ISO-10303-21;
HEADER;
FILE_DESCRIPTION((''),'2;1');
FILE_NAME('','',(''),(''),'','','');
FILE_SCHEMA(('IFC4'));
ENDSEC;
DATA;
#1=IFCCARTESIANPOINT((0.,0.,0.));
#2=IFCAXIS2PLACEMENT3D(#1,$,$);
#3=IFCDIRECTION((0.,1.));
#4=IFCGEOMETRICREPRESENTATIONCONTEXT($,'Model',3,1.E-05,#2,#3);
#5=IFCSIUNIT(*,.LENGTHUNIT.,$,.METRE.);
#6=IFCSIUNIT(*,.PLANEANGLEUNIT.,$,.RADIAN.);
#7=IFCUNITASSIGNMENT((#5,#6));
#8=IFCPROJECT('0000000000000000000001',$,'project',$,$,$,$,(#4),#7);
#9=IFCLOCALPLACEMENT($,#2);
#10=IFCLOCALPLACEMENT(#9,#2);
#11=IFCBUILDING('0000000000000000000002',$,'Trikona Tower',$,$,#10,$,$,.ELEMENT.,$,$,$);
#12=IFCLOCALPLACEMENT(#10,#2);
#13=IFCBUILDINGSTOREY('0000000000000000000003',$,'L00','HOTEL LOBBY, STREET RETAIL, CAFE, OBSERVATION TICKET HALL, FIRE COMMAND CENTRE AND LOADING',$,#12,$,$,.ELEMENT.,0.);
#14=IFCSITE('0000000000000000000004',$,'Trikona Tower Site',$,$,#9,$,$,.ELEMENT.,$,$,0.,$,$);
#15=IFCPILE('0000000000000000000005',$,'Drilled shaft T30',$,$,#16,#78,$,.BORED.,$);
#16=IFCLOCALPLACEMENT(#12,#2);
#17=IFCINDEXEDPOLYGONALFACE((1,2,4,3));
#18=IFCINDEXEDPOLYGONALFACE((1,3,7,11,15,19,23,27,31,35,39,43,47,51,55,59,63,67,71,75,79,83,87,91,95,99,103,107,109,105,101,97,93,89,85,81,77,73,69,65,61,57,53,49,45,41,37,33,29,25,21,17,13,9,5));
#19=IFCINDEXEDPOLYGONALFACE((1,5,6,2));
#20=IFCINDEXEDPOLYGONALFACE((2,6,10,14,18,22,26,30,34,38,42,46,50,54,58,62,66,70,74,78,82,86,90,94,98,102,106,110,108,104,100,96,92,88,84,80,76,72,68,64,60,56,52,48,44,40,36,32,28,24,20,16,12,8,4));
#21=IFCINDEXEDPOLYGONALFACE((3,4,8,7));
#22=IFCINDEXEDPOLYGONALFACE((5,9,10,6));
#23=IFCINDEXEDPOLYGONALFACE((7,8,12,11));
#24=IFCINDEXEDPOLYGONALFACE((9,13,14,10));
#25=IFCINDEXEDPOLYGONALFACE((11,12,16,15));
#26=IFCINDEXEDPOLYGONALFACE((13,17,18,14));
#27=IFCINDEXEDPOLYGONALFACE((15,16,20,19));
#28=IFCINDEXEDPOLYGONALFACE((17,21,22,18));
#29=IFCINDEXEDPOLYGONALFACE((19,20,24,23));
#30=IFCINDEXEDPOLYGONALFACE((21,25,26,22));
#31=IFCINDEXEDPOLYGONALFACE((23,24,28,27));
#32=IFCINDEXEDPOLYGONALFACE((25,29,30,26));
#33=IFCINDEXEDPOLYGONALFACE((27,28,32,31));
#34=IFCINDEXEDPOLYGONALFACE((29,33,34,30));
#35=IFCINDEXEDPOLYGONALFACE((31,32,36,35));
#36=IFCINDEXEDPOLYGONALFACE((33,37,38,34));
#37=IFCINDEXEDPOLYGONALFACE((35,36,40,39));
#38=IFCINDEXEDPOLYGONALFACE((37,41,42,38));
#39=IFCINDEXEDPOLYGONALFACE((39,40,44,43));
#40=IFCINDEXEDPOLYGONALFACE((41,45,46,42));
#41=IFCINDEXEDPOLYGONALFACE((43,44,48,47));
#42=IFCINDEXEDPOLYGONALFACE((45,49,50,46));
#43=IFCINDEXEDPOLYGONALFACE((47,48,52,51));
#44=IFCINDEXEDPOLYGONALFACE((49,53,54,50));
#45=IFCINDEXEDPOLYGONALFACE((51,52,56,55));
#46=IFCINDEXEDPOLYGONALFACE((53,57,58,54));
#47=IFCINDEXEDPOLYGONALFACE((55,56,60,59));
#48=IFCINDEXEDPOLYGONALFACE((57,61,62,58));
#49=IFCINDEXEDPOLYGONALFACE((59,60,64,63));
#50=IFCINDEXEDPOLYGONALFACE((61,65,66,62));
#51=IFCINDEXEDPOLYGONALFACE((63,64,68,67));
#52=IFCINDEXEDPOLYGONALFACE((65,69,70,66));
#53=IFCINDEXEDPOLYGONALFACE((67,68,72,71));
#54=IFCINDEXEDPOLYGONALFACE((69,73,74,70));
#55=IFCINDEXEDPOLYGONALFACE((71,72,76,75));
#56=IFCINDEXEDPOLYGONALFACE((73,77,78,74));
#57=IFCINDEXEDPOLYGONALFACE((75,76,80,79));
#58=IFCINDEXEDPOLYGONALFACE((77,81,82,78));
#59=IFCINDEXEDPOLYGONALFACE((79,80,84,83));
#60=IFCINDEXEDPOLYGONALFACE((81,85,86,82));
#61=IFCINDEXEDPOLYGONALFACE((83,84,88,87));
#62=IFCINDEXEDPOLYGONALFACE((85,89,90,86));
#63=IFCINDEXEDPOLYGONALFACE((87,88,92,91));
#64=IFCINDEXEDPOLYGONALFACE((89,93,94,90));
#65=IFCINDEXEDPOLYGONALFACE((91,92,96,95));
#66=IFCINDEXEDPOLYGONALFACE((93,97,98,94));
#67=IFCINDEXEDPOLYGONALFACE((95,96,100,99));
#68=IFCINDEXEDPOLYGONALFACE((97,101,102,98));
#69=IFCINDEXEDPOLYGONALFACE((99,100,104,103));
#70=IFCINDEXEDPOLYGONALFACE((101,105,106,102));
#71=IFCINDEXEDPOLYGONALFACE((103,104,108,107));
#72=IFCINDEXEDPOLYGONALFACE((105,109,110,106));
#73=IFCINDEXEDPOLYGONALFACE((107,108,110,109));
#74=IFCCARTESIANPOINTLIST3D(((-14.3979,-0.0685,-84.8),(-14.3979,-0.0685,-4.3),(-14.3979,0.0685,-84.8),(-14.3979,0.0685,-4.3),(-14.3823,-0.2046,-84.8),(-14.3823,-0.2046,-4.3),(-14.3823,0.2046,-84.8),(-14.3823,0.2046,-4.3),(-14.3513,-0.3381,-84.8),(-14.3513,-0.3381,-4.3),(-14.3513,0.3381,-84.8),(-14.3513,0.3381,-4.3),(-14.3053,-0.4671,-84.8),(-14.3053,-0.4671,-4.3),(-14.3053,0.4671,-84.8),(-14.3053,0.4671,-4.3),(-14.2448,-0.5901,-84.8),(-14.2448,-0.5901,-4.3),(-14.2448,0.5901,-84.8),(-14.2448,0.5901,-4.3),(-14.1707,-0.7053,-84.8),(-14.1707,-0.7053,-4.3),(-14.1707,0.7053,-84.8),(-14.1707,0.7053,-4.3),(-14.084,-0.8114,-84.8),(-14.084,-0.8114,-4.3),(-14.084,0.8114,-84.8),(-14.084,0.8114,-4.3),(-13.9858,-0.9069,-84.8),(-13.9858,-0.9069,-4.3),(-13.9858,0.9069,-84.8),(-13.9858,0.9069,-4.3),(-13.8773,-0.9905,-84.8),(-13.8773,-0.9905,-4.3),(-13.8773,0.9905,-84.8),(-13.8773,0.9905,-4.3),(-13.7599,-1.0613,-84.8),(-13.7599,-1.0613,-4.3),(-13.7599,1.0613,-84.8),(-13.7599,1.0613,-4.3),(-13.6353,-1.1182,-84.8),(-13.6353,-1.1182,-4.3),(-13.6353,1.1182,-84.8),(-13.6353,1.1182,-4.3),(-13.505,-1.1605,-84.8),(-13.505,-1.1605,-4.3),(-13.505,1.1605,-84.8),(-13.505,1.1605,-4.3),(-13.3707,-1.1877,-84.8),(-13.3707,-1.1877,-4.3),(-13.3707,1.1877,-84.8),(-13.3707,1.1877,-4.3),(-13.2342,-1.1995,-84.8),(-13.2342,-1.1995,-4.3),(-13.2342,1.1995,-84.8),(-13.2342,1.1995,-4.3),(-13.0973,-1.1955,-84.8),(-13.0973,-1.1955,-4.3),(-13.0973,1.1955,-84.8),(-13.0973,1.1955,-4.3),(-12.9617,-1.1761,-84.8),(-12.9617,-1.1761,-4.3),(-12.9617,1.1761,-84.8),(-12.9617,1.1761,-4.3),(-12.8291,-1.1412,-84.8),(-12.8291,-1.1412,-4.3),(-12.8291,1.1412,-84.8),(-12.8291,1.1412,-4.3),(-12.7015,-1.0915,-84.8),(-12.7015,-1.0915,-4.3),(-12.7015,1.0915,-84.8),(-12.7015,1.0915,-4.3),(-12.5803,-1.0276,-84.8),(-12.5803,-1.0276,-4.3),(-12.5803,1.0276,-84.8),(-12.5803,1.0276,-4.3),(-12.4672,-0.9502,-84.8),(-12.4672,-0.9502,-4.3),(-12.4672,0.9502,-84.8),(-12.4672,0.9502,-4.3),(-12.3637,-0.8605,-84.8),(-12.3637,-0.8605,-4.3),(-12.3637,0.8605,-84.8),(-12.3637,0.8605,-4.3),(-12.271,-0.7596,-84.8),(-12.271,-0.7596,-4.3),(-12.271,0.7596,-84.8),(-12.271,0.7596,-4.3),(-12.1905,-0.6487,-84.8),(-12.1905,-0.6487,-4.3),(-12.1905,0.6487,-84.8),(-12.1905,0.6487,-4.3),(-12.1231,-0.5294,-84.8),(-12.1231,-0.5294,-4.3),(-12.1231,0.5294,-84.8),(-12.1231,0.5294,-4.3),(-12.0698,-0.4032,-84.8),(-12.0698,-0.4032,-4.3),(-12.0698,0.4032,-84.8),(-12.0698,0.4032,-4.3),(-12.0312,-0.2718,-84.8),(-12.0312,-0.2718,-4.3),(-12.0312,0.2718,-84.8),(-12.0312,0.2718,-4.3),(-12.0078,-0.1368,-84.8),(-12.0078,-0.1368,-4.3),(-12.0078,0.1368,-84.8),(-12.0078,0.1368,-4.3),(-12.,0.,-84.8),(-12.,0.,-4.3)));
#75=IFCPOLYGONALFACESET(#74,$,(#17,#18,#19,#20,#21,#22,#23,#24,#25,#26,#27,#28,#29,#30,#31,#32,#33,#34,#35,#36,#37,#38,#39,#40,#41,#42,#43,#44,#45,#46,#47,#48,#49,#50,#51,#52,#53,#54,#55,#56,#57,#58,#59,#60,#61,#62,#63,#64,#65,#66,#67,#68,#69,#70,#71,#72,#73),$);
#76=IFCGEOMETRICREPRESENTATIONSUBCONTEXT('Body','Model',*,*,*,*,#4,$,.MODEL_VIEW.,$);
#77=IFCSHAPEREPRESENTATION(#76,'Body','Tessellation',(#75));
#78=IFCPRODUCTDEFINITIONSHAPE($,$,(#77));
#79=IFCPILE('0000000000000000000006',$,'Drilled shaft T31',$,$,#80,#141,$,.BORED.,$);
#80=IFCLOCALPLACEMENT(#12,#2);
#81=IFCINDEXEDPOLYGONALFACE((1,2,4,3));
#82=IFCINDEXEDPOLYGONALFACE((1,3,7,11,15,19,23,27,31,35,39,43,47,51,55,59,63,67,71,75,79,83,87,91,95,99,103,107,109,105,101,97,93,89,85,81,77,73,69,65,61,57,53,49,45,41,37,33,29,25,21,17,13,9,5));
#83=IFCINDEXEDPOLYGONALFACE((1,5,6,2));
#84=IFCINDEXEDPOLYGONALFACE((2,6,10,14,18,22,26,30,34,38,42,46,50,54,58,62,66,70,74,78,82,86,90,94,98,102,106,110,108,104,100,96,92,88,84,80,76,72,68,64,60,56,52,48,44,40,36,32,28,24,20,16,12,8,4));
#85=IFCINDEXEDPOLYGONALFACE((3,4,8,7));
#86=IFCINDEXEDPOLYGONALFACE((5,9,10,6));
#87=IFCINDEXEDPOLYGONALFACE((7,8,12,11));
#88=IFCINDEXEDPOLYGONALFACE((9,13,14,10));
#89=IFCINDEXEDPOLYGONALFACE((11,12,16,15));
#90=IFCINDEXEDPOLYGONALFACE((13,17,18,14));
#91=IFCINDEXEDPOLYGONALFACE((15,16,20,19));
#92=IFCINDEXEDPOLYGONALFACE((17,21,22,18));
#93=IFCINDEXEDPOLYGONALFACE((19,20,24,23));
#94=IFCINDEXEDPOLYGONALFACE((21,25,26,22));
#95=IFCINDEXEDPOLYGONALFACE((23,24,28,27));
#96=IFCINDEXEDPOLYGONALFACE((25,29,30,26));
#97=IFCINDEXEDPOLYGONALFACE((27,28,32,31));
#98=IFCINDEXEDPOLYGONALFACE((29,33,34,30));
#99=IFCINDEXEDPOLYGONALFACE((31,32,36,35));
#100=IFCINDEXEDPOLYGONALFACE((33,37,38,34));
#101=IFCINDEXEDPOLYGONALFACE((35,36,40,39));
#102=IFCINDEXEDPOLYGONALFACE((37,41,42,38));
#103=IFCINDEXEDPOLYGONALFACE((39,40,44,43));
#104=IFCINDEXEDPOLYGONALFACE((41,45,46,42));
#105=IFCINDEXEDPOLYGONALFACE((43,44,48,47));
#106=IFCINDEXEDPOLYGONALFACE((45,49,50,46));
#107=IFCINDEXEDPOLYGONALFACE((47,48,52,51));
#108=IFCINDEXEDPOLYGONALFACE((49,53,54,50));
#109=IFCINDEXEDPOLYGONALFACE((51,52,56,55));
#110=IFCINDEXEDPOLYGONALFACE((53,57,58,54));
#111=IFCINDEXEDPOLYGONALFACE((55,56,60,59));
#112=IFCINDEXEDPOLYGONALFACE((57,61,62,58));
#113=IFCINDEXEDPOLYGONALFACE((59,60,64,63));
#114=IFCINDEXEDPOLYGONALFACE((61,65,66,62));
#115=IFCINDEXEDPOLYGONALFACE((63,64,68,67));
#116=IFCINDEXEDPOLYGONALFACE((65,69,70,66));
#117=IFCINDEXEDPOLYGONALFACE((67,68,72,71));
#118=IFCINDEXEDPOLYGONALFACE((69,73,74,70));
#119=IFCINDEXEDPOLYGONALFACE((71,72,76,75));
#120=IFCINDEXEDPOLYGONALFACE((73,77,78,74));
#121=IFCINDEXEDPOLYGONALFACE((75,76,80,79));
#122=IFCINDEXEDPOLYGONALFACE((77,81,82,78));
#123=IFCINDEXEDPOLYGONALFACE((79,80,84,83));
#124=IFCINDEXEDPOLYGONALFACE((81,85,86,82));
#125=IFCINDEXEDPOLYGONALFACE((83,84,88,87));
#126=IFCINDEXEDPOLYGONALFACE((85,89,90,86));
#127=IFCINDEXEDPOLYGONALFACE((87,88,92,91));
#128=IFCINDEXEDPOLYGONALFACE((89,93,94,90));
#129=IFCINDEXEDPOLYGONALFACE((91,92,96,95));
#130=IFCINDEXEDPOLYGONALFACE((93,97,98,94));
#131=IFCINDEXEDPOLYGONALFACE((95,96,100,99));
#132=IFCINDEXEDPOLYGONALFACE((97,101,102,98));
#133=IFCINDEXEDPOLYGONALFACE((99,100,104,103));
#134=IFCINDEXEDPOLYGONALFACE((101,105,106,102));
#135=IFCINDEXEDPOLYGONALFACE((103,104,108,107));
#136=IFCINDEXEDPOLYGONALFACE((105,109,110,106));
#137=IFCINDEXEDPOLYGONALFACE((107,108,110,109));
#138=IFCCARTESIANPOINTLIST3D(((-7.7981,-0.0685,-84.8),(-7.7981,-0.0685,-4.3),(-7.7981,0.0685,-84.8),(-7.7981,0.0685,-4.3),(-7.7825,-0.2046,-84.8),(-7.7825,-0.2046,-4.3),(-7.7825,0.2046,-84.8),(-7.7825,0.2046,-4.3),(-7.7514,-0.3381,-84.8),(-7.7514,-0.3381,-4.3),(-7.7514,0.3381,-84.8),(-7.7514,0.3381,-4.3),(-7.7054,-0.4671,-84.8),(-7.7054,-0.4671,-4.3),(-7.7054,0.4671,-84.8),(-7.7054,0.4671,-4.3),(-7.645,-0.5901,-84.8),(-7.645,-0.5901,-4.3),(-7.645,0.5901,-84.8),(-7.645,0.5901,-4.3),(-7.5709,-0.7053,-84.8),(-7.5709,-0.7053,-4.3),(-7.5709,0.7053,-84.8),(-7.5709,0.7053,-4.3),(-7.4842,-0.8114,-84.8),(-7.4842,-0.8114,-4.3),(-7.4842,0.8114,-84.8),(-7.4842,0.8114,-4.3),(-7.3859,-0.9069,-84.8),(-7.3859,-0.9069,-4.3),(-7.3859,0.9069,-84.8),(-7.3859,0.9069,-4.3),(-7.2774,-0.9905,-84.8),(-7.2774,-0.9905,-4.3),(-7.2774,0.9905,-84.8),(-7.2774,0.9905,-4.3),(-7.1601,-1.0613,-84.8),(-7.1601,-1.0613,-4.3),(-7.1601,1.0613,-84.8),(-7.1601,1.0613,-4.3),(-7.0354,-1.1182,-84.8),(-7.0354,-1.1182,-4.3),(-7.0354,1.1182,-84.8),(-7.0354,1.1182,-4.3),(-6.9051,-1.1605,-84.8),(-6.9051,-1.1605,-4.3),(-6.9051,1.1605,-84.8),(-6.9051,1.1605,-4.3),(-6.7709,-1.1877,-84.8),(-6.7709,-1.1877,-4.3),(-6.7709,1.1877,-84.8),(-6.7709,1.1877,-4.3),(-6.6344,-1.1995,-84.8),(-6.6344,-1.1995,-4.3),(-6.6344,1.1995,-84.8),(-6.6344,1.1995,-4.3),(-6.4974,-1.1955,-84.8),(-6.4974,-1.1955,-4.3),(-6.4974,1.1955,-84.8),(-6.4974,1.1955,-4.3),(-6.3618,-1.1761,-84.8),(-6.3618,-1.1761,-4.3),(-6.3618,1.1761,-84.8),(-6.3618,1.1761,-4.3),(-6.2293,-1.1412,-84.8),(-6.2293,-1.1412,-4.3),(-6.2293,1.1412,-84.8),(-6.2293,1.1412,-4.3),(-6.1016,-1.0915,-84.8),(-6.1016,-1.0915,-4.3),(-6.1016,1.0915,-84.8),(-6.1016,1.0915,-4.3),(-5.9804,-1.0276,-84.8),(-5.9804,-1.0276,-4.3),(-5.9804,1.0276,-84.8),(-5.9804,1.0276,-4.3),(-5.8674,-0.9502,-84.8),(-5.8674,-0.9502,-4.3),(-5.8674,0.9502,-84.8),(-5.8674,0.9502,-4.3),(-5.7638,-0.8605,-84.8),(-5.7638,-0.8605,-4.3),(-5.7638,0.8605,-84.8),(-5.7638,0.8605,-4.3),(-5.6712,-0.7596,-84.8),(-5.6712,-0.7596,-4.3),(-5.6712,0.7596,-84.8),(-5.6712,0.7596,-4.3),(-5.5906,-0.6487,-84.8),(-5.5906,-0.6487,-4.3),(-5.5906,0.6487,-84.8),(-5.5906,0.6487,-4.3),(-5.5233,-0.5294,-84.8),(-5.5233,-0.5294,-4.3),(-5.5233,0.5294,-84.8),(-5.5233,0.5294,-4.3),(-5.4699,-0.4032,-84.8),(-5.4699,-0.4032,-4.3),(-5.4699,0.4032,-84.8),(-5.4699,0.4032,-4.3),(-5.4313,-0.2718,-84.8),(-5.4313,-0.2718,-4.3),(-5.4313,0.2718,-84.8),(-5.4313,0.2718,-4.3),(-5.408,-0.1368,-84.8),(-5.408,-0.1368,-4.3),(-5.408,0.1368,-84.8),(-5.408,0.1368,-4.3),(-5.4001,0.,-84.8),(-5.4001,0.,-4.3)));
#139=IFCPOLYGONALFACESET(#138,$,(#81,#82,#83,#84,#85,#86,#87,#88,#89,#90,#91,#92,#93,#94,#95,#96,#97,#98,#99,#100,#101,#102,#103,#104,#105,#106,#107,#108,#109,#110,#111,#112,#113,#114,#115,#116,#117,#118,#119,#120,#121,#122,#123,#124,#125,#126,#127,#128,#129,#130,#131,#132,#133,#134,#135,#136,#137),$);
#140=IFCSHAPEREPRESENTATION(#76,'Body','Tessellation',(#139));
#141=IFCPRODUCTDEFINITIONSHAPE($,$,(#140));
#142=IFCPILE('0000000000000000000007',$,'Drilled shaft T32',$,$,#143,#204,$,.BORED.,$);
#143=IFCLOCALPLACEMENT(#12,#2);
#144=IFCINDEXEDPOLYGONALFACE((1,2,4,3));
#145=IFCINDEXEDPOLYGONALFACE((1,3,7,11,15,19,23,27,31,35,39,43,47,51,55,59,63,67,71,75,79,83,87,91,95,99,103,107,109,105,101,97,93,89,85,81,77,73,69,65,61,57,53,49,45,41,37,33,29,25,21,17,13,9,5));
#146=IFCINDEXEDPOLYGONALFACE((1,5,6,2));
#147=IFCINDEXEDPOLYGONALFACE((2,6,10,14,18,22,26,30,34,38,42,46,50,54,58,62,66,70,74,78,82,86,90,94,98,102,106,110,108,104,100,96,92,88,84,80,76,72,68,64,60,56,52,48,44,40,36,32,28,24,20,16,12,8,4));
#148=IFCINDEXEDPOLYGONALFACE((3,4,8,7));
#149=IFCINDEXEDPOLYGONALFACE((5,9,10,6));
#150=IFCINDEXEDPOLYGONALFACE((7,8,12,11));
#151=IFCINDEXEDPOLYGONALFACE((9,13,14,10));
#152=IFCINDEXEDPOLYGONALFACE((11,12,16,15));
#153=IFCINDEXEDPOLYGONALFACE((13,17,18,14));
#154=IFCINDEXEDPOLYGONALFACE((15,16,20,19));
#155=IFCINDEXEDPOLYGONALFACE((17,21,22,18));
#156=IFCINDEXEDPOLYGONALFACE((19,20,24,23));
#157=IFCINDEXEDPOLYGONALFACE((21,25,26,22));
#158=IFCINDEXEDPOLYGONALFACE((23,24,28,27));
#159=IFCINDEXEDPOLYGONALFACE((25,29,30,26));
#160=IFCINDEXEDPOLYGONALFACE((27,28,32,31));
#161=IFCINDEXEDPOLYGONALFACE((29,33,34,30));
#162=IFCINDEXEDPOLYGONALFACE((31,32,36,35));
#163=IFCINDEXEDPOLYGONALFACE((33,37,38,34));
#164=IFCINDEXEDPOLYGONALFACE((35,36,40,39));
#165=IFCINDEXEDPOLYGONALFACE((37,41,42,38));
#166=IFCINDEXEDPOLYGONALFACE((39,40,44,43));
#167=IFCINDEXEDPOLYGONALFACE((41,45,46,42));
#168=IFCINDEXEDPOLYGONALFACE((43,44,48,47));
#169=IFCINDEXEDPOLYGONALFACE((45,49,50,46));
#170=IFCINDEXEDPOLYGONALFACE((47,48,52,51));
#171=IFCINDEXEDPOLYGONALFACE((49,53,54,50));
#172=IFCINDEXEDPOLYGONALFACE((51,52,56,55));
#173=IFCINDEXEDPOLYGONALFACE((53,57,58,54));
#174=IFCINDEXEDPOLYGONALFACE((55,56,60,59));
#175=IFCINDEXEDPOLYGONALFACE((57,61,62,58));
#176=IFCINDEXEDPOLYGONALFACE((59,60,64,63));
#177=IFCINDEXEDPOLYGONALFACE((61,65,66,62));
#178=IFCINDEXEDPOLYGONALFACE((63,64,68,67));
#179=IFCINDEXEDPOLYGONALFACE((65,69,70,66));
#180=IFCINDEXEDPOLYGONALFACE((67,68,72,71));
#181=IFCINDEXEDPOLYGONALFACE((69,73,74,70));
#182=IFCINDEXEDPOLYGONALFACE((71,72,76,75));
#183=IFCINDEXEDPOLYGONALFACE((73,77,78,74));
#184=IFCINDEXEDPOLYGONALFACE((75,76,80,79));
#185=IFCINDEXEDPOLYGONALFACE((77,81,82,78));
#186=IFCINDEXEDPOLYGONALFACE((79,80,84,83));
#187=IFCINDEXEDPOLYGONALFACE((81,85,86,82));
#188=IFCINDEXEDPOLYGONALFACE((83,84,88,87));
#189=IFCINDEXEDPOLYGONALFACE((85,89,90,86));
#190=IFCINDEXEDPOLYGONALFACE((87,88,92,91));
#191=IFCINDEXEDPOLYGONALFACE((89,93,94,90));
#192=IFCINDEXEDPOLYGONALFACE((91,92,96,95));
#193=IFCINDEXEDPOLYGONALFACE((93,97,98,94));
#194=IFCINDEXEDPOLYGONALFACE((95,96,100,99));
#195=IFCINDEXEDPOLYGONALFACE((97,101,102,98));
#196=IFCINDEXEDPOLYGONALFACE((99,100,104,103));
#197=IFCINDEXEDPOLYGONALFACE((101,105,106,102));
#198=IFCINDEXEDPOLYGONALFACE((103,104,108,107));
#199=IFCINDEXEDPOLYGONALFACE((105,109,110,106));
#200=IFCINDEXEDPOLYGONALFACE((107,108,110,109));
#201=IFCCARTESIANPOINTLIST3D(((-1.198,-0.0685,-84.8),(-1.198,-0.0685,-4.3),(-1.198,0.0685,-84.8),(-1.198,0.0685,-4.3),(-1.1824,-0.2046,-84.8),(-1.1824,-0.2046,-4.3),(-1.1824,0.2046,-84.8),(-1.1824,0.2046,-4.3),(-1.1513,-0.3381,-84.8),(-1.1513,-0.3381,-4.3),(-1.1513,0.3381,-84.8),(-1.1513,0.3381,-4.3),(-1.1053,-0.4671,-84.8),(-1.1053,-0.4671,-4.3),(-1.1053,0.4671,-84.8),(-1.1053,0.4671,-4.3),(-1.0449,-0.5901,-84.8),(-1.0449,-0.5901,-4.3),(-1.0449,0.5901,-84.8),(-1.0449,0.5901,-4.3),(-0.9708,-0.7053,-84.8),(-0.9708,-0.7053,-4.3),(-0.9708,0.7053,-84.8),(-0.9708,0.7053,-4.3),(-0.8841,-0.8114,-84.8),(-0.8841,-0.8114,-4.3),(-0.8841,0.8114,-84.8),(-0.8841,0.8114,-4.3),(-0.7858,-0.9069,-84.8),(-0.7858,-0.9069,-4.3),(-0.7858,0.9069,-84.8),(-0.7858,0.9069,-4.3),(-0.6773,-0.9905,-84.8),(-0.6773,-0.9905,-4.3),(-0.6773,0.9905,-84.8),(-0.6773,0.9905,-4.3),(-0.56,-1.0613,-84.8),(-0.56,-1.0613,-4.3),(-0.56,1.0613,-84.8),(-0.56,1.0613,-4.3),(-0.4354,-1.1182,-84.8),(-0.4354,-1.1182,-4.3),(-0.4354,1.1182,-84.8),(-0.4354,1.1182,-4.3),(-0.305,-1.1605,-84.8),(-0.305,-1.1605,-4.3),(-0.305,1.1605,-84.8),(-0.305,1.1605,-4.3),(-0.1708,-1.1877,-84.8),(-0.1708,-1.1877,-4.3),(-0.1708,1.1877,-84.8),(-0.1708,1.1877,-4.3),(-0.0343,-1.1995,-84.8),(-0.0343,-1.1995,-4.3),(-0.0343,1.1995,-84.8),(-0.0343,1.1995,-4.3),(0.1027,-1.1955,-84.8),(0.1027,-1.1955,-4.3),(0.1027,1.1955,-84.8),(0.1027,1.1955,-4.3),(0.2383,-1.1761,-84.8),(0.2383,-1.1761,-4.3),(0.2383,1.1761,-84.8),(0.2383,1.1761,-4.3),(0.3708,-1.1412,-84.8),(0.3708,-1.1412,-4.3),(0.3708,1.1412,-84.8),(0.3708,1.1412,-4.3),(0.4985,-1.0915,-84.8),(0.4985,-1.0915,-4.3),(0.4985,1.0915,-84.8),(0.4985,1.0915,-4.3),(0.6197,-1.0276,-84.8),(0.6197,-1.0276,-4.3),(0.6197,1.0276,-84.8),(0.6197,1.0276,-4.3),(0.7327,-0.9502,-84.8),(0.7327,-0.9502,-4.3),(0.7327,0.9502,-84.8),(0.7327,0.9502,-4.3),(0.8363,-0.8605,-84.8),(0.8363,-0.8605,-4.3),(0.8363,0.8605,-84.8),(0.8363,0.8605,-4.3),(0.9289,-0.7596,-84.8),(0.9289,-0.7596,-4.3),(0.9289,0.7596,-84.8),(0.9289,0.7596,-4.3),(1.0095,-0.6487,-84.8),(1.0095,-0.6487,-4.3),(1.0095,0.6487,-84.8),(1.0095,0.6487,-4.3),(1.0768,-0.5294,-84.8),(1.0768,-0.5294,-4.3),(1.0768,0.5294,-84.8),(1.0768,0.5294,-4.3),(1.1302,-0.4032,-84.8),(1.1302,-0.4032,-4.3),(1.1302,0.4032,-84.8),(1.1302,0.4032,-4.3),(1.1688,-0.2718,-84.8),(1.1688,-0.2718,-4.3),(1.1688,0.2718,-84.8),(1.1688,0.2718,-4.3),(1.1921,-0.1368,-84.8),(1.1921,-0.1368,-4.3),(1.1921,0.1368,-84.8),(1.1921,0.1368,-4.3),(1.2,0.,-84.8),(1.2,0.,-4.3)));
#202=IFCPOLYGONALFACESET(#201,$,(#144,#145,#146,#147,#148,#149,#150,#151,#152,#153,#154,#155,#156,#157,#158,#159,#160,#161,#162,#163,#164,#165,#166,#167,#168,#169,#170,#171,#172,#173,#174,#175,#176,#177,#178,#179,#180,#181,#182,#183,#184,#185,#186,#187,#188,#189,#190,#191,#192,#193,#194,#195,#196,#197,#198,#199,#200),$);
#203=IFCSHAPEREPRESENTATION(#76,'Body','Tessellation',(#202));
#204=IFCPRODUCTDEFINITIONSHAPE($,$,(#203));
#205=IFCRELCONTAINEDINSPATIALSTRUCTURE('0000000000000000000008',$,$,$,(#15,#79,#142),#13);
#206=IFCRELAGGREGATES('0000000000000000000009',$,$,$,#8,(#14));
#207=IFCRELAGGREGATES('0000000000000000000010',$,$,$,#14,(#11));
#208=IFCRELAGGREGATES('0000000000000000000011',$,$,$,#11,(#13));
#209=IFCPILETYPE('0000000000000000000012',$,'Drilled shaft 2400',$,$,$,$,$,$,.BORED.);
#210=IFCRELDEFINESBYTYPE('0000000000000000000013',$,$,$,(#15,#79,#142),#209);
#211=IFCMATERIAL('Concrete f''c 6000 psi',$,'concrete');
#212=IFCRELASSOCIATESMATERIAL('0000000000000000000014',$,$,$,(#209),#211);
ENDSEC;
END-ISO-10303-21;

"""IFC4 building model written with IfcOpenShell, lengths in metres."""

from ifc_helpers import new_model, si_unit, direction, frame, origin, origin_2d, place, context, subcontext, project, spatial, circle, extrude, material, type_object, element, save


model = new_model("IFC4")

# Units and contexts
model_context = context("Model", 3, precision=1e-05, world=origin(), true_north=direction((0.0, 1.0)))
body_context = subcontext(model_context, "Body", "Model", "MODEL_VIEW")
ifc_project = project(units=[si_unit("LENGTHUNIT", "METRE"), si_unit("PLANEANGLEUNIT", "RADIAN")], contexts=[model_context])

# Site, building, storey
site_placement = place(None, origin())
site = spatial("IfcSite", under=ifc_project, at=site_placement, Name="Trikona Tower Site", CompositionType="ELEMENT", RefElevation=0.0)
building_placement = place(site_placement, origin())
building = spatial("IfcBuilding", under=site, at=building_placement, Name="Trikona Tower", CompositionType="ELEMENT")
storey_placement = place(building_placement, origin())
storey = spatial("IfcBuildingStorey", under=building, at=storey_placement, Name="L00", Description="HOTEL LOBBY, STREET RETAIL, CAFE, OBSERVATION TICKET HALL, FIRE COMMAND CENTRE AND LOADING", CompositionType="ELEMENT", Elevation=0.0)

# Piles
ifc_material_1 = material(Name="Concrete f'c 6000 psi", Category="concrete")
pile_type = type_object("IfcPileType", Name="Drilled shaft 2400", PredefinedType="BORED", material=ifc_material_1)
for number, where, z_axis, x_axis, name in (
    (1, (-13.2, 0.0, -4.3), (0.0, 0.0, -1.0), (1.0, 0.0, 0.0), "Drilled shaft T30"),
    (2, (-6.6001, 0.0, -4.3), (0.0, 0.0, -1.0), (1.0, 0.0, 0.0), "Drilled shaft T31"),
    (3, (0.0, 0.0, -4.3), (0.0, 0.0, -1.0), (1.0, 0.0, 0.0), "Drilled shaft T32"),
):
    element("IfcPile", number, at=place(storey_placement, frame(where, z_axis=z_axis, x_axis=x_axis)), inside=storey, type_object=pile_type, Name=name, PredefinedType="BORED", context=body_context, shape_type="SweptSolid", body=[
        extrude(circle(Radius=1.2, at=origin_2d()), origin(), (0.0, 0.0, 1.0), 80.5),
    ])

save(model, "model.ifc")
